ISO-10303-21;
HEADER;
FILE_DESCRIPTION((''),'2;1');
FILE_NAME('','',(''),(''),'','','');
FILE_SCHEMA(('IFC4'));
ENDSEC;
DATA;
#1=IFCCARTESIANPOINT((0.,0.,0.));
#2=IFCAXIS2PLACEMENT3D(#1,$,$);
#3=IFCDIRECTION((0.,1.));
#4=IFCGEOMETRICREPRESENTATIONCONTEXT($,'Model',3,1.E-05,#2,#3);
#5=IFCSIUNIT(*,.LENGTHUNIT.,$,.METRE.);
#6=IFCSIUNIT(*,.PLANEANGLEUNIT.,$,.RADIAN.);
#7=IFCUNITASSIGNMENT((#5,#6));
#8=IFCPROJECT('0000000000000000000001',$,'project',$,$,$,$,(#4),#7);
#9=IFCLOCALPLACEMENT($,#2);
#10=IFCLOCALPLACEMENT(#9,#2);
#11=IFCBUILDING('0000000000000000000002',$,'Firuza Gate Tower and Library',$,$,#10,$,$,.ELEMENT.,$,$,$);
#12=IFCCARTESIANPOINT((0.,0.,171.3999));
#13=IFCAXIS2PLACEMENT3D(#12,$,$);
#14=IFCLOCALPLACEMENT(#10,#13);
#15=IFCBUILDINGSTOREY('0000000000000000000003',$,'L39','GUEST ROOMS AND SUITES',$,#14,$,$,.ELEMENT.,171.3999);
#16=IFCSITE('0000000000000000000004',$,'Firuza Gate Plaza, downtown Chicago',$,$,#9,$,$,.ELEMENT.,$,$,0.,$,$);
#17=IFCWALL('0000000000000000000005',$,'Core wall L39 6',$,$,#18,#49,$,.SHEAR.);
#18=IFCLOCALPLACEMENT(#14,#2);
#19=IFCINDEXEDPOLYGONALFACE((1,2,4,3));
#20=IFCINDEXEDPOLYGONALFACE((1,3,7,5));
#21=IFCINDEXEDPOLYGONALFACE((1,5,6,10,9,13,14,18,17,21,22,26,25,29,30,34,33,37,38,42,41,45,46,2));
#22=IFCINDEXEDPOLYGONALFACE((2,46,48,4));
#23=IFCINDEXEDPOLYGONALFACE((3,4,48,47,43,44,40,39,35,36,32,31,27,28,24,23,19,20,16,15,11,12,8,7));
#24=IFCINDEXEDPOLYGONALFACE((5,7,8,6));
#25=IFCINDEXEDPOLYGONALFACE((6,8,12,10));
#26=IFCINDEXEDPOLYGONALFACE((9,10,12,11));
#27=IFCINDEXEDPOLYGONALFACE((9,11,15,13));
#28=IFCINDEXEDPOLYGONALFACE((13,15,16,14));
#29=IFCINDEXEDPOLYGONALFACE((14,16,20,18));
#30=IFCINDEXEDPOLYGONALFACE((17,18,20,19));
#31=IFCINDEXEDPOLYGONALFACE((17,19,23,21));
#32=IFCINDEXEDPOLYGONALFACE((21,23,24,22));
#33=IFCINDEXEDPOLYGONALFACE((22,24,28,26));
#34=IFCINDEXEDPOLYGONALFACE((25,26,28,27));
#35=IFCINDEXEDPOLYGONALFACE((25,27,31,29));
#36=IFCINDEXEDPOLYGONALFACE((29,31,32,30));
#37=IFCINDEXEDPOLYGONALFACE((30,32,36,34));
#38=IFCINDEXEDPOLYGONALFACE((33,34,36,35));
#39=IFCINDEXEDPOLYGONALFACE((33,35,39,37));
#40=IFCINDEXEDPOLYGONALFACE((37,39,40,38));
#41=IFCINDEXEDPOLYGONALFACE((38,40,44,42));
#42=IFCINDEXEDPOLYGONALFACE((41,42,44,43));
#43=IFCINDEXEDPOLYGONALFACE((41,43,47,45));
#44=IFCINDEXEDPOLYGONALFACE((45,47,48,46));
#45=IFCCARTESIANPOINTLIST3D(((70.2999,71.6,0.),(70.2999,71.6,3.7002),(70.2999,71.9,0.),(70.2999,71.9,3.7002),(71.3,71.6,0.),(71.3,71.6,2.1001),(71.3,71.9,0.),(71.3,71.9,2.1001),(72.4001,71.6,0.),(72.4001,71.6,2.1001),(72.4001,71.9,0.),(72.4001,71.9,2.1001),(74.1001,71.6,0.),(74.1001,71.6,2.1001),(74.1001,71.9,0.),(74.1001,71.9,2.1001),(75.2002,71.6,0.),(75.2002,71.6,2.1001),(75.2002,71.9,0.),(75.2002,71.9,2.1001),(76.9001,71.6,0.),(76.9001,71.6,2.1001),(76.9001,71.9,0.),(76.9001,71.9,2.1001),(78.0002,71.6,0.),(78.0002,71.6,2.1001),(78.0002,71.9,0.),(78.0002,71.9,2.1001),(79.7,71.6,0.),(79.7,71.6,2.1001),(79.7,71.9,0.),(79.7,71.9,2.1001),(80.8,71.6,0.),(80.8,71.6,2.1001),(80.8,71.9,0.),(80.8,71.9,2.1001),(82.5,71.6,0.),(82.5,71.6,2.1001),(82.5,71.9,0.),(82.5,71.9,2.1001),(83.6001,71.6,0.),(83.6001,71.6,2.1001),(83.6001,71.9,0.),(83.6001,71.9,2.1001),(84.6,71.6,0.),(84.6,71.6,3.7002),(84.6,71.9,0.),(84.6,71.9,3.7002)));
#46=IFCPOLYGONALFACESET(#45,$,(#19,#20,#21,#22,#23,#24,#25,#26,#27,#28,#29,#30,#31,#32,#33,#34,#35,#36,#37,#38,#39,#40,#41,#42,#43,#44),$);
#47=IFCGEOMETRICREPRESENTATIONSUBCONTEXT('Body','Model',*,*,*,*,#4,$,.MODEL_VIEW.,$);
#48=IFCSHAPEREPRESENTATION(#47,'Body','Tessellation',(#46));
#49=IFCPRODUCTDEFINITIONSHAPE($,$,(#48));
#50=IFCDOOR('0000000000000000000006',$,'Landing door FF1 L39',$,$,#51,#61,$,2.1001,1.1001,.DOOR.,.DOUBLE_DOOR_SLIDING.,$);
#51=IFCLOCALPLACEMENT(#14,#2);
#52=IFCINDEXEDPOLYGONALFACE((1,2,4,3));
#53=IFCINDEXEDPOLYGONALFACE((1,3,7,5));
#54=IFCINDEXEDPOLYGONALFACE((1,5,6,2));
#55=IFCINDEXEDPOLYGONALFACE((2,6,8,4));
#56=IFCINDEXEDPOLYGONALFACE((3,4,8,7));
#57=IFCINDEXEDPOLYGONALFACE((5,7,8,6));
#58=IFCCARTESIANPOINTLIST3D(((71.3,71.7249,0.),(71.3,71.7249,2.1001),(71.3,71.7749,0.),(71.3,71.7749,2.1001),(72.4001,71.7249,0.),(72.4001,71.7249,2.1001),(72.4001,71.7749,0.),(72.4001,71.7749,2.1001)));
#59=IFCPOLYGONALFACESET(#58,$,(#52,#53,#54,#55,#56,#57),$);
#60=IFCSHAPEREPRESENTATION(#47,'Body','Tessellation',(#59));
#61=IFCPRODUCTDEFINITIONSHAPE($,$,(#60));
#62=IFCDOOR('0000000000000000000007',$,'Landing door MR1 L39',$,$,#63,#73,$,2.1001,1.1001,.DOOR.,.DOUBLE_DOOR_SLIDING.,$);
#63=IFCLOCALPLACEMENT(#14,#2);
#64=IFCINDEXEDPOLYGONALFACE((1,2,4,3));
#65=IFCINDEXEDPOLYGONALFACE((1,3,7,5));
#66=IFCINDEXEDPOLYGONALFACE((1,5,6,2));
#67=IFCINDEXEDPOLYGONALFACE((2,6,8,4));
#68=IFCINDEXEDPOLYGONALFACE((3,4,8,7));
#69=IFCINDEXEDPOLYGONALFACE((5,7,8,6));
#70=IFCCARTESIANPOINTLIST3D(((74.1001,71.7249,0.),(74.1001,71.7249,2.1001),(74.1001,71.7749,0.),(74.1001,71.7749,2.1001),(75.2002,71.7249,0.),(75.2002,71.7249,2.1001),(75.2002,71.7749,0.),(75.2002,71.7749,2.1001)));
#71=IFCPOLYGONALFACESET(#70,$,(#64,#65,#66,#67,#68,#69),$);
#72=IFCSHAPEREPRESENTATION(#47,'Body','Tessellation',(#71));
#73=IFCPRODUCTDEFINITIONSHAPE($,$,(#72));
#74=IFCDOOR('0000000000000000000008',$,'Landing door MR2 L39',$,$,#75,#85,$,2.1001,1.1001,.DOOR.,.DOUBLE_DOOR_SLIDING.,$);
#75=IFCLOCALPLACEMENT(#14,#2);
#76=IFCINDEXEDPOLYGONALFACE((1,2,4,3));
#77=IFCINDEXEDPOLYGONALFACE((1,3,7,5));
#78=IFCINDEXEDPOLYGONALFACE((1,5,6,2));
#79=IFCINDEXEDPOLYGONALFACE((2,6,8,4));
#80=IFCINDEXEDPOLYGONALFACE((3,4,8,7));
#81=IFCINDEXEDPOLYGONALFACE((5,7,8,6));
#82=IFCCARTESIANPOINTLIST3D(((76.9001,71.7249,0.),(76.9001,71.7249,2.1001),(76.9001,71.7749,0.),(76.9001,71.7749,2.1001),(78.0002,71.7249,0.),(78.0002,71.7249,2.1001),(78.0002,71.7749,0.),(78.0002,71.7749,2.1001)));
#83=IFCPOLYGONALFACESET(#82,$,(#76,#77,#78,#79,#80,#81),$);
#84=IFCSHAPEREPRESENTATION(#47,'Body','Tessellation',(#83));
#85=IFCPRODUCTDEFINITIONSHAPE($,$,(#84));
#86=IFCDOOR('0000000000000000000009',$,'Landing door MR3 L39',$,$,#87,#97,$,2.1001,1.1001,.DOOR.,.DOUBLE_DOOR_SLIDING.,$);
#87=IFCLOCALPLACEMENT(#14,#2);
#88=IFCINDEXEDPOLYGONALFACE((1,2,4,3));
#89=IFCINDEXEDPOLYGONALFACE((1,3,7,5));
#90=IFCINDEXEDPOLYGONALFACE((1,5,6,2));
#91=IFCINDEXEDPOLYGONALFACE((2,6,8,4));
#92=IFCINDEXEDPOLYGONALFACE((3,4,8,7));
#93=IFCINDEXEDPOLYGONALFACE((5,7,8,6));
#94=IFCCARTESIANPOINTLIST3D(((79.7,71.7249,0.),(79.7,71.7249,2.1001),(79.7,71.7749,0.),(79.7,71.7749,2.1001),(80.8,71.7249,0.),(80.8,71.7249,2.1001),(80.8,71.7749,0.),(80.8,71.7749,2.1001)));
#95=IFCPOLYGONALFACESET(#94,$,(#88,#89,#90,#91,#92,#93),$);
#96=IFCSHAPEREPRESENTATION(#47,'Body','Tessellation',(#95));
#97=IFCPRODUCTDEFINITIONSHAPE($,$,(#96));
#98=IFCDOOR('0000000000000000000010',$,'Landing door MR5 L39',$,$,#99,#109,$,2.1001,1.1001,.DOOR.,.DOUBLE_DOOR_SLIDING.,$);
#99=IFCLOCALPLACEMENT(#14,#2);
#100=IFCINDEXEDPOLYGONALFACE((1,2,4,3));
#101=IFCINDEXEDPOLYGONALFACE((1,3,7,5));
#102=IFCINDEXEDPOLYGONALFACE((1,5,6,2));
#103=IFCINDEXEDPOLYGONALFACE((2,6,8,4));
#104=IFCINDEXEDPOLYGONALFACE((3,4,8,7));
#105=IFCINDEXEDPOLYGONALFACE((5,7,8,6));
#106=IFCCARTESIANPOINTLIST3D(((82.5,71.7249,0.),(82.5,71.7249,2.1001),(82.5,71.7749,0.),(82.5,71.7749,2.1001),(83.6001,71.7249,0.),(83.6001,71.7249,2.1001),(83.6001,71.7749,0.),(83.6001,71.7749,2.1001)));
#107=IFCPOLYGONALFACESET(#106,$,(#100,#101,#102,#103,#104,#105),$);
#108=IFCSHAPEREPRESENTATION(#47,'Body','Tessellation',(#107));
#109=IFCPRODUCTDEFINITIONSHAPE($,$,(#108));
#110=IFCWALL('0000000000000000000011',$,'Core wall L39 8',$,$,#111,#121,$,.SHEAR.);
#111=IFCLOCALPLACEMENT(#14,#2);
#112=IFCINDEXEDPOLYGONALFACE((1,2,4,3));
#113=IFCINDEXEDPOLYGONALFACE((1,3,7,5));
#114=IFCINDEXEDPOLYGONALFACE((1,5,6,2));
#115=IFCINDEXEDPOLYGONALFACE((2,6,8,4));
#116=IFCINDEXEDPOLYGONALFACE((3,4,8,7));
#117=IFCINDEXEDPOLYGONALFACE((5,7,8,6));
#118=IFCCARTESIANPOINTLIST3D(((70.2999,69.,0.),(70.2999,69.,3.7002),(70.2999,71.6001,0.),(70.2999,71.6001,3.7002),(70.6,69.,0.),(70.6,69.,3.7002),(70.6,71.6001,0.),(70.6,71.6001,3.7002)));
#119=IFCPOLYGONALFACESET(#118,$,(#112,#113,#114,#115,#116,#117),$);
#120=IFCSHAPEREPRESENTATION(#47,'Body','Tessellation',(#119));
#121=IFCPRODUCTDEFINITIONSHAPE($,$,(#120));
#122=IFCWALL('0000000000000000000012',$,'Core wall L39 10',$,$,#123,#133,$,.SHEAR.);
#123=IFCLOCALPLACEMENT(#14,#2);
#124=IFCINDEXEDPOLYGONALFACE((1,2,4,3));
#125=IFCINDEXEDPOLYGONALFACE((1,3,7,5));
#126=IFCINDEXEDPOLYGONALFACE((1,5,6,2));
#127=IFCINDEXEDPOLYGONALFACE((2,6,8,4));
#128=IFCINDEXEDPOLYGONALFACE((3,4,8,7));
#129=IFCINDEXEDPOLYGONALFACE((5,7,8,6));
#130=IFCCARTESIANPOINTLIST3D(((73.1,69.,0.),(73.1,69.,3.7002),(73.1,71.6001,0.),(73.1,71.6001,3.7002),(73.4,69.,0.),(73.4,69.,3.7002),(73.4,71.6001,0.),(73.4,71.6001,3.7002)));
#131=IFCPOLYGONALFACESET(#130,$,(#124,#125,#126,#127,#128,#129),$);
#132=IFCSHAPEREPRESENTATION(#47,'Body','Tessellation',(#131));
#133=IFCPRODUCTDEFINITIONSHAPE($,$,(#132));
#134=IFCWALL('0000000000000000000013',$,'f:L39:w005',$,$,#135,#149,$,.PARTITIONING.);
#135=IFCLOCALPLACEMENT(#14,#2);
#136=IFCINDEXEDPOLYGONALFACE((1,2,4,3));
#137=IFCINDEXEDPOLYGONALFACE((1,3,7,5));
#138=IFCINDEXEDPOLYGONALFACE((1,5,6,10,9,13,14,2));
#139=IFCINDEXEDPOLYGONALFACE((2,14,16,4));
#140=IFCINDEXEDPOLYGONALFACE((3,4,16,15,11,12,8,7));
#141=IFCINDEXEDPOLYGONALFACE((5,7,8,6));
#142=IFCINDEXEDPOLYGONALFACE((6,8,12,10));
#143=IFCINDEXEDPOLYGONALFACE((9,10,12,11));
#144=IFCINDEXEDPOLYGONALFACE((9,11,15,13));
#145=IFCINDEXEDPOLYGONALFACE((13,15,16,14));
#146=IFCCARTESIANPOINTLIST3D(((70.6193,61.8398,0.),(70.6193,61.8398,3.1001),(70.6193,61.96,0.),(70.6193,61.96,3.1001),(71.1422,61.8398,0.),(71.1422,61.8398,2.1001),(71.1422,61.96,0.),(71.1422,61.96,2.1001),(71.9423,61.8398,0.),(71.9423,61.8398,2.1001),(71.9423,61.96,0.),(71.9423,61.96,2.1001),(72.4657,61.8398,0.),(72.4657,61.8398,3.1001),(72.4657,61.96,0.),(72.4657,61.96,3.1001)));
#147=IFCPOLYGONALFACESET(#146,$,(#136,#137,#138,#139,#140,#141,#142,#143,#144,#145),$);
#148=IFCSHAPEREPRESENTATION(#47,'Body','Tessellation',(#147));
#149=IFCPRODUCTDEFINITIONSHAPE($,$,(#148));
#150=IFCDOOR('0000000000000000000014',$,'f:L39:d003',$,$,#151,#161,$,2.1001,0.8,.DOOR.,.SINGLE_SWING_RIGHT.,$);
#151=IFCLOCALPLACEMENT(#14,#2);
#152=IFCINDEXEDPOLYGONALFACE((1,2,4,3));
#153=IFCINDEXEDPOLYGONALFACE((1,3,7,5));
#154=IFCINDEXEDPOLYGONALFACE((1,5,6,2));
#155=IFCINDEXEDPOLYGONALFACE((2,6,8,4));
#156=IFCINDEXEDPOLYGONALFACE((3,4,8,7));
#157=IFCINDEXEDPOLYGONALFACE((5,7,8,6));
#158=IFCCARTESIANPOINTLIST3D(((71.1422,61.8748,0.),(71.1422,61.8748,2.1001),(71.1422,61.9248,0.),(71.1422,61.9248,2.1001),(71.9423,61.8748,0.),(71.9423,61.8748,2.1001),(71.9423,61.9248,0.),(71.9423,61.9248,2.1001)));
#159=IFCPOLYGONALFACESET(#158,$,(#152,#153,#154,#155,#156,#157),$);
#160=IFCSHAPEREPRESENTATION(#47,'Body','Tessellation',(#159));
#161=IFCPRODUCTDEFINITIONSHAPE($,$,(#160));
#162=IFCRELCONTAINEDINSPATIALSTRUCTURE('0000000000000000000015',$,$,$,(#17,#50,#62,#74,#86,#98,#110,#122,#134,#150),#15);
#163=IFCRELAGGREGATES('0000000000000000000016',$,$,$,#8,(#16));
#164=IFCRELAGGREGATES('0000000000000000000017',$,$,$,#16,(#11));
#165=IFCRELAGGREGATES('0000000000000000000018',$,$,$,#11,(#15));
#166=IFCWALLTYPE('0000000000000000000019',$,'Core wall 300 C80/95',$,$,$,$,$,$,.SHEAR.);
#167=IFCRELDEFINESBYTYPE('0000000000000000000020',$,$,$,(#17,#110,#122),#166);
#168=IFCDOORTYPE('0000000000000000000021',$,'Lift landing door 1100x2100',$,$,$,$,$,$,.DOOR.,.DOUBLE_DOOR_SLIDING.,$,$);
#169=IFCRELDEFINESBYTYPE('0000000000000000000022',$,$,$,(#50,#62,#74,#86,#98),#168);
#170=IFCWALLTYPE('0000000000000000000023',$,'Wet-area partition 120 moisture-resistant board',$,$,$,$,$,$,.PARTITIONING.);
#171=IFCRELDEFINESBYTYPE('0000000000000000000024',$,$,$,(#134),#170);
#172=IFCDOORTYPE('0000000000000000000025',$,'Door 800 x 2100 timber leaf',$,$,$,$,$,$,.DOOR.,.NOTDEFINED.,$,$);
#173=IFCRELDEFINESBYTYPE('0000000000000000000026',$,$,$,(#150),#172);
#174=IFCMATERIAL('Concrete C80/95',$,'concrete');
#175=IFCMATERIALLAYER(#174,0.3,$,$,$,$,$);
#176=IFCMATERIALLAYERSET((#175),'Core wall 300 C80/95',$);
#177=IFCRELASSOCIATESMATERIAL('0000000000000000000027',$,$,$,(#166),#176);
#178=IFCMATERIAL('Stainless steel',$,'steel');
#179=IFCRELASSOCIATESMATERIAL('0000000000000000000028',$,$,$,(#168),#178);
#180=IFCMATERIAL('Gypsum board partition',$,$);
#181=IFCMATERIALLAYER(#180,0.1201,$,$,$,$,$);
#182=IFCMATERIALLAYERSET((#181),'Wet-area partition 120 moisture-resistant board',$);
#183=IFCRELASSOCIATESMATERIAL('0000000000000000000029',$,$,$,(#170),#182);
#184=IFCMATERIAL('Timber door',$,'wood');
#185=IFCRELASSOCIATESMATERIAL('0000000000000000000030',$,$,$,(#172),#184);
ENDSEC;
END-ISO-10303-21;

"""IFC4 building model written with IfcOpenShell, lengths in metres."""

from ifc_helpers import new_model, si_unit, direction, frame, frame_2d, origin, place, context, subcontext, project, spatial, rectangle, extrude, material, layer, layer_set, type_object, element, fill, save


model = new_model("IFC4")

# Units and contexts
model_context = context("Model", 3, precision=1e-05, world=origin(), true_north=direction((0.0, 1.0)))
body_context = subcontext(model_context, "Body", "Model", "MODEL_VIEW")
ifc_project = project(units=[si_unit("LENGTHUNIT", "METRE"), si_unit("PLANEANGLEUNIT", "RADIAN")], contexts=[model_context])

# Site, building, storey
site_placement = place(None, origin())
site = spatial("IfcSite", under=ifc_project, at=site_placement, Name="Firuza Gate Plaza, downtown Chicago", CompositionType="ELEMENT", RefElevation=0.0)
building_placement = place(site_placement, origin())
building = spatial("IfcBuilding", under=site, at=building_placement, Name="Firuza Gate Tower and Library", CompositionType="ELEMENT")
storey_placement = place(building_placement, frame((0.0, 0.0, 171.3999)))
storey = spatial("IfcBuildingStorey", under=building, at=storey_placement, Name="L39", Description="GUEST ROOMS AND SUITES", CompositionType="ELEMENT", Elevation=171.3999)

# Shared definitions
ifc_material_1 = material(Name="Concrete C80/95", Category="concrete")
ifc_layer_1 = layer(ifc_material_1, 0.3)
ifc_layer_set_1 = layer_set([ifc_layer_1], Name="Core wall 300 C80/95")
wall_type_1 = type_object("IfcWallType", Name="Core wall 300 C80/95", PredefinedType="SHEAR", material=ifc_layer_set_1)

# Wall, openings, doors
wall_1_placement = place(storey_placement, frame((70.3, 71.75, 0.0), z_axis=(0.0, 0.0, 1.0), x_axis=(1.0, 0.0, 0.0)))
wall_1 = element("IfcWall", 1, at=wall_1_placement, inside=storey, type_object=wall_type_1, Name="Core wall L39 6", PredefinedType="SHEAR", context=body_context, shape_type="SweptSolid", body=[
    extrude(rectangle(XDim=14.3, YDim=0.3, at=frame_2d((7.1499, 0.0))), origin(), (0.0, 0.0, 1.0), 3.7002),
])
opening_1_placement = place(wall_1_placement, frame((1.0, 0.0, 0.0)))
opening_1 = element("IfcOpeningElement", 2, at=opening_1_placement, cuts=wall_1, PredefinedType="OPENING", context=body_context, shape_type="SweptSolid", body=[
    extrude(rectangle(XDim=1.1001, YDim=2.1001, at=frame_2d((0.55, 1.05))), frame((0.0, 0.1602, 0.0), z_axis=(0.0, -1.0, 0.0), x_axis=(1.0, 0.0, 0.0)), (0.0, 0.0, 1.0), 0.3201),
])
opening_2_placement = place(wall_1_placement, frame((3.8, 0.0, 0.0)))
opening_2 = element("IfcOpeningElement", 3, at=opening_2_placement, cuts=wall_1, PredefinedType="OPENING", context=body_context, shape_type="SweptSolid", body=[
    extrude(rectangle(XDim=1.1001, YDim=2.1001, at=frame_2d((0.55, 1.05))), frame((0.0, 0.1602, 0.0), z_axis=(0.0, -1.0, 0.0), x_axis=(1.0, 0.0, 0.0)), (0.0, 0.0, 1.0), 0.3201),
])
opening_3_placement = place(wall_1_placement, frame((6.6001, 0.0, 0.0)))
opening_3 = element("IfcOpeningElement", 4, at=opening_3_placement, cuts=wall_1, PredefinedType="OPENING", context=body_context, shape_type="SweptSolid", body=[
    extrude(rectangle(XDim=1.1001, YDim=2.1001, at=frame_2d((0.55, 1.05))), frame((0.0, 0.1602, 0.0), z_axis=(0.0, -1.0, 0.0), x_axis=(1.0, 0.0, 0.0)), (0.0, 0.0, 1.0), 0.3201),
])
opening_4_placement = place(wall_1_placement, frame((9.3999, 0.0, 0.0)))
opening_4 = element("IfcOpeningElement", 5, at=opening_4_placement, cuts=wall_1, PredefinedType="OPENING", context=body_context, shape_type="SweptSolid", body=[
    extrude(rectangle(XDim=1.1001, YDim=2.1001, at=frame_2d((0.55, 1.05))), frame((0.0, 0.1602, 0.0), z_axis=(0.0, -1.0, 0.0), x_axis=(1.0, 0.0, 0.0)), (0.0, 0.0, 1.0), 0.3201),
])
opening_5_placement = place(wall_1_placement, frame((12.2, 0.0, 0.0)))
opening_5 = element("IfcOpeningElement", 6, at=opening_5_placement, cuts=wall_1, PredefinedType="OPENING", context=body_context, shape_type="SweptSolid", body=[
    extrude(rectangle(XDim=1.1001, YDim=2.1001, at=frame_2d((0.55, 1.05))), frame((0.0, 0.1602, 0.0), z_axis=(0.0, -1.0, 0.0), x_axis=(1.0, 0.0, 0.0)), (0.0, 0.0, 1.0), 0.3201),
])
ifc_material_2 = material(Name="Stainless steel", Category="steel")
door_type_1 = type_object("IfcDoorType", Name="Lift landing door 1100x2100", OperationType="DOUBLE_DOOR_SLIDING", PredefinedType="DOOR", material=ifc_material_2)
door_1_placement = place(opening_1_placement, origin())
door_1 = element("IfcDoor", 7, at=door_1_placement, inside=storey, type_object=door_type_1, Name="Landing door FF1 L39", OperationType="DOUBLE_DOOR_SLIDING", OverallHeight=2.1001, OverallWidth=1.1001, PredefinedType="DOOR", context=body_context, shape_type="SweptSolid", body=[
    extrude(rectangle(XDim=1.1001, YDim=2.1001, at=frame_2d((0.55, 1.05))), frame((0.0, 0.0249, 0.0), z_axis=(0.0, -1.0, 0.0), x_axis=(1.0, 0.0, 0.0)), (0.0, 0.0, 1.0), 0.05),
])
fill(opening_1, door_1)
door_2_placement = place(opening_2_placement, origin())
door_2 = element("IfcDoor", 8, at=door_2_placement, inside=storey, type_object=door_type_1, Name="Landing door MR1 L39", OperationType="DOUBLE_DOOR_SLIDING", OverallHeight=2.1001, OverallWidth=1.1001, PredefinedType="DOOR", context=body_context, shape_type="SweptSolid", body=[
    extrude(rectangle(XDim=1.1001, YDim=2.1001, at=frame_2d((0.55, 1.05))), frame((0.0, 0.0249, 0.0), z_axis=(0.0, -1.0, 0.0), x_axis=(1.0, 0.0, 0.0)), (0.0, 0.0, 1.0), 0.05),
])
fill(opening_2, door_2)
door_3_placement = place(opening_3_placement, origin())
door_3 = element("IfcDoor", 9, at=door_3_placement, inside=storey, type_object=door_type_1, Name="Landing door MR2 L39", OperationType="DOUBLE_DOOR_SLIDING", OverallHeight=2.1001, OverallWidth=1.1001, PredefinedType="DOOR", context=body_context, shape_type="SweptSolid", body=[
    extrude(rectangle(XDim=1.1001, YDim=2.1001, at=frame_2d((0.55, 1.05))), frame((0.0, 0.0249, 0.0), z_axis=(0.0, -1.0, 0.0), x_axis=(1.0, 0.0, 0.0)), (0.0, 0.0, 1.0), 0.05),
])
fill(opening_3, door_3)
door_4_placement = place(opening_4_placement, origin())
door_4 = element("IfcDoor", 10, at=door_4_placement, inside=storey, type_object=door_type_1, Name="Landing door MR3 L39", OperationType="DOUBLE_DOOR_SLIDING", OverallHeight=2.1001, OverallWidth=1.1001, PredefinedType="DOOR", context=body_context, shape_type="SweptSolid", body=[
    extrude(rectangle(XDim=1.1001, YDim=2.1001, at=frame_2d((0.55, 1.05))), frame((0.0, 0.0249, 0.0), z_axis=(0.0, -1.0, 0.0), x_axis=(1.0, 0.0, 0.0)), (0.0, 0.0, 1.0), 0.05),
])
fill(opening_4, door_4)
door_5_placement = place(opening_5_placement, origin())
door_5 = element("IfcDoor", 11, at=door_5_placement, inside=storey, type_object=door_type_1, Name="Landing door MR5 L39", OperationType="DOUBLE_DOOR_SLIDING", OverallHeight=2.1001, OverallWidth=1.1001, PredefinedType="DOOR", context=body_context, shape_type="SweptSolid", body=[
    extrude(rectangle(XDim=1.1001, YDim=2.1001, at=frame_2d((0.55, 1.05))), frame((0.0, 0.0249, 0.0), z_axis=(0.0, -1.0, 0.0), x_axis=(1.0, 0.0, 0.0)), (0.0, 0.0, 1.0), 0.05),
])
fill(opening_5, door_5)

# Walls
for number, where, z_axis, x_axis, name in (
    (12, (70.45, 69.0, 0.0), (0.0, 0.0, 1.0), (0.0, 1.0, 0.0), "Core wall L39 8"),
    (13, (73.25, 69.0, 0.0), (0.0, 0.0, 1.0), (0.0, 1.0, 0.0), "Core wall L39 10"),
):
    element("IfcWall", number, at=place(storey_placement, frame(where, z_axis=z_axis, x_axis=x_axis)), inside=storey, type_object=wall_type_1, Name=name, PredefinedType="SHEAR", context=body_context, shape_type="SweptSolid", body=[
        extrude(rectangle(XDim=2.6001, YDim=0.3, at=frame_2d((1.3, 0.0))), origin(), (0.0, 0.0, 1.0), 3.7002),
    ])

# Wall, opening, door
ifc_material_3 = material(Name="Gypsum board partition")
ifc_layer_2 = layer(ifc_material_3, 0.1201)
ifc_layer_set_2 = layer_set([ifc_layer_2], Name="Wet-area partition 120 moisture-resistant board")
wall_type_2 = type_object("IfcWallType", Name="Wet-area partition 120 moisture-resistant board", PredefinedType="PARTITIONING", material=ifc_layer_set_2)
wall_2_placement = place(storey_placement, frame((70.6191, 61.8999, 0.0), z_axis=(0.0, 0.0, 1.0), x_axis=(1.0, 0.0, 0.0)))
wall_2 = element("IfcWall", 14, at=wall_2_placement, inside=storey, type_object=wall_type_2, Name="f:L39:w005", PredefinedType="PARTITIONING", context=body_context, shape_type="SweptSolid", body=[
    extrude(rectangle(XDim=1.8464, YDim=0.1201, at=frame_2d((0.9233, 0.0))), origin(), (0.0, 0.0, 1.0), 3.1001),
])
opening_6_placement = place(wall_2_placement, frame((0.5232, 0.0, 0.0)))
opening_6 = element("IfcOpeningElement", 15, at=opening_6_placement, cuts=wall_2, PredefinedType="OPENING", context=body_context, shape_type="SweptSolid", body=[
    extrude(rectangle(XDim=0.8, YDim=2.1001, at=frame_2d((0.3999, 1.05))), frame((0.0, 0.0701, 0.0), z_axis=(0.0, -1.0, 0.0), x_axis=(1.0, 0.0, 0.0)), (0.0, 0.0, 1.0), 0.1401),
])
ifc_material_4 = material(Name="Timber door", Category="wood")
door_type_2 = type_object("IfcDoorType", Name="Door 800 x 2100 timber leaf", OperationType="NOTDEFINED", PredefinedType="DOOR", material=ifc_material_4)
door_6_placement = place(opening_6_placement, origin())
door_6 = element("IfcDoor", 16, at=door_6_placement, inside=storey, type_object=door_type_2, Name="f:L39:d003", OperationType="SINGLE_SWING_RIGHT", OverallHeight=2.1001, OverallWidth=0.8, PredefinedType="DOOR", context=body_context, shape_type="SweptSolid", body=[
    extrude(rectangle(XDim=0.8, YDim=2.1001, at=frame_2d((0.3999, 1.05))), frame((0.0, 0.0249, 0.0), z_axis=(0.0, -1.0, 0.0), x_axis=(1.0, 0.0, 0.0)), (0.0, 0.0, 1.0), 0.05),
])
fill(opening_6, door_6)

save(model, "model.ifc")
